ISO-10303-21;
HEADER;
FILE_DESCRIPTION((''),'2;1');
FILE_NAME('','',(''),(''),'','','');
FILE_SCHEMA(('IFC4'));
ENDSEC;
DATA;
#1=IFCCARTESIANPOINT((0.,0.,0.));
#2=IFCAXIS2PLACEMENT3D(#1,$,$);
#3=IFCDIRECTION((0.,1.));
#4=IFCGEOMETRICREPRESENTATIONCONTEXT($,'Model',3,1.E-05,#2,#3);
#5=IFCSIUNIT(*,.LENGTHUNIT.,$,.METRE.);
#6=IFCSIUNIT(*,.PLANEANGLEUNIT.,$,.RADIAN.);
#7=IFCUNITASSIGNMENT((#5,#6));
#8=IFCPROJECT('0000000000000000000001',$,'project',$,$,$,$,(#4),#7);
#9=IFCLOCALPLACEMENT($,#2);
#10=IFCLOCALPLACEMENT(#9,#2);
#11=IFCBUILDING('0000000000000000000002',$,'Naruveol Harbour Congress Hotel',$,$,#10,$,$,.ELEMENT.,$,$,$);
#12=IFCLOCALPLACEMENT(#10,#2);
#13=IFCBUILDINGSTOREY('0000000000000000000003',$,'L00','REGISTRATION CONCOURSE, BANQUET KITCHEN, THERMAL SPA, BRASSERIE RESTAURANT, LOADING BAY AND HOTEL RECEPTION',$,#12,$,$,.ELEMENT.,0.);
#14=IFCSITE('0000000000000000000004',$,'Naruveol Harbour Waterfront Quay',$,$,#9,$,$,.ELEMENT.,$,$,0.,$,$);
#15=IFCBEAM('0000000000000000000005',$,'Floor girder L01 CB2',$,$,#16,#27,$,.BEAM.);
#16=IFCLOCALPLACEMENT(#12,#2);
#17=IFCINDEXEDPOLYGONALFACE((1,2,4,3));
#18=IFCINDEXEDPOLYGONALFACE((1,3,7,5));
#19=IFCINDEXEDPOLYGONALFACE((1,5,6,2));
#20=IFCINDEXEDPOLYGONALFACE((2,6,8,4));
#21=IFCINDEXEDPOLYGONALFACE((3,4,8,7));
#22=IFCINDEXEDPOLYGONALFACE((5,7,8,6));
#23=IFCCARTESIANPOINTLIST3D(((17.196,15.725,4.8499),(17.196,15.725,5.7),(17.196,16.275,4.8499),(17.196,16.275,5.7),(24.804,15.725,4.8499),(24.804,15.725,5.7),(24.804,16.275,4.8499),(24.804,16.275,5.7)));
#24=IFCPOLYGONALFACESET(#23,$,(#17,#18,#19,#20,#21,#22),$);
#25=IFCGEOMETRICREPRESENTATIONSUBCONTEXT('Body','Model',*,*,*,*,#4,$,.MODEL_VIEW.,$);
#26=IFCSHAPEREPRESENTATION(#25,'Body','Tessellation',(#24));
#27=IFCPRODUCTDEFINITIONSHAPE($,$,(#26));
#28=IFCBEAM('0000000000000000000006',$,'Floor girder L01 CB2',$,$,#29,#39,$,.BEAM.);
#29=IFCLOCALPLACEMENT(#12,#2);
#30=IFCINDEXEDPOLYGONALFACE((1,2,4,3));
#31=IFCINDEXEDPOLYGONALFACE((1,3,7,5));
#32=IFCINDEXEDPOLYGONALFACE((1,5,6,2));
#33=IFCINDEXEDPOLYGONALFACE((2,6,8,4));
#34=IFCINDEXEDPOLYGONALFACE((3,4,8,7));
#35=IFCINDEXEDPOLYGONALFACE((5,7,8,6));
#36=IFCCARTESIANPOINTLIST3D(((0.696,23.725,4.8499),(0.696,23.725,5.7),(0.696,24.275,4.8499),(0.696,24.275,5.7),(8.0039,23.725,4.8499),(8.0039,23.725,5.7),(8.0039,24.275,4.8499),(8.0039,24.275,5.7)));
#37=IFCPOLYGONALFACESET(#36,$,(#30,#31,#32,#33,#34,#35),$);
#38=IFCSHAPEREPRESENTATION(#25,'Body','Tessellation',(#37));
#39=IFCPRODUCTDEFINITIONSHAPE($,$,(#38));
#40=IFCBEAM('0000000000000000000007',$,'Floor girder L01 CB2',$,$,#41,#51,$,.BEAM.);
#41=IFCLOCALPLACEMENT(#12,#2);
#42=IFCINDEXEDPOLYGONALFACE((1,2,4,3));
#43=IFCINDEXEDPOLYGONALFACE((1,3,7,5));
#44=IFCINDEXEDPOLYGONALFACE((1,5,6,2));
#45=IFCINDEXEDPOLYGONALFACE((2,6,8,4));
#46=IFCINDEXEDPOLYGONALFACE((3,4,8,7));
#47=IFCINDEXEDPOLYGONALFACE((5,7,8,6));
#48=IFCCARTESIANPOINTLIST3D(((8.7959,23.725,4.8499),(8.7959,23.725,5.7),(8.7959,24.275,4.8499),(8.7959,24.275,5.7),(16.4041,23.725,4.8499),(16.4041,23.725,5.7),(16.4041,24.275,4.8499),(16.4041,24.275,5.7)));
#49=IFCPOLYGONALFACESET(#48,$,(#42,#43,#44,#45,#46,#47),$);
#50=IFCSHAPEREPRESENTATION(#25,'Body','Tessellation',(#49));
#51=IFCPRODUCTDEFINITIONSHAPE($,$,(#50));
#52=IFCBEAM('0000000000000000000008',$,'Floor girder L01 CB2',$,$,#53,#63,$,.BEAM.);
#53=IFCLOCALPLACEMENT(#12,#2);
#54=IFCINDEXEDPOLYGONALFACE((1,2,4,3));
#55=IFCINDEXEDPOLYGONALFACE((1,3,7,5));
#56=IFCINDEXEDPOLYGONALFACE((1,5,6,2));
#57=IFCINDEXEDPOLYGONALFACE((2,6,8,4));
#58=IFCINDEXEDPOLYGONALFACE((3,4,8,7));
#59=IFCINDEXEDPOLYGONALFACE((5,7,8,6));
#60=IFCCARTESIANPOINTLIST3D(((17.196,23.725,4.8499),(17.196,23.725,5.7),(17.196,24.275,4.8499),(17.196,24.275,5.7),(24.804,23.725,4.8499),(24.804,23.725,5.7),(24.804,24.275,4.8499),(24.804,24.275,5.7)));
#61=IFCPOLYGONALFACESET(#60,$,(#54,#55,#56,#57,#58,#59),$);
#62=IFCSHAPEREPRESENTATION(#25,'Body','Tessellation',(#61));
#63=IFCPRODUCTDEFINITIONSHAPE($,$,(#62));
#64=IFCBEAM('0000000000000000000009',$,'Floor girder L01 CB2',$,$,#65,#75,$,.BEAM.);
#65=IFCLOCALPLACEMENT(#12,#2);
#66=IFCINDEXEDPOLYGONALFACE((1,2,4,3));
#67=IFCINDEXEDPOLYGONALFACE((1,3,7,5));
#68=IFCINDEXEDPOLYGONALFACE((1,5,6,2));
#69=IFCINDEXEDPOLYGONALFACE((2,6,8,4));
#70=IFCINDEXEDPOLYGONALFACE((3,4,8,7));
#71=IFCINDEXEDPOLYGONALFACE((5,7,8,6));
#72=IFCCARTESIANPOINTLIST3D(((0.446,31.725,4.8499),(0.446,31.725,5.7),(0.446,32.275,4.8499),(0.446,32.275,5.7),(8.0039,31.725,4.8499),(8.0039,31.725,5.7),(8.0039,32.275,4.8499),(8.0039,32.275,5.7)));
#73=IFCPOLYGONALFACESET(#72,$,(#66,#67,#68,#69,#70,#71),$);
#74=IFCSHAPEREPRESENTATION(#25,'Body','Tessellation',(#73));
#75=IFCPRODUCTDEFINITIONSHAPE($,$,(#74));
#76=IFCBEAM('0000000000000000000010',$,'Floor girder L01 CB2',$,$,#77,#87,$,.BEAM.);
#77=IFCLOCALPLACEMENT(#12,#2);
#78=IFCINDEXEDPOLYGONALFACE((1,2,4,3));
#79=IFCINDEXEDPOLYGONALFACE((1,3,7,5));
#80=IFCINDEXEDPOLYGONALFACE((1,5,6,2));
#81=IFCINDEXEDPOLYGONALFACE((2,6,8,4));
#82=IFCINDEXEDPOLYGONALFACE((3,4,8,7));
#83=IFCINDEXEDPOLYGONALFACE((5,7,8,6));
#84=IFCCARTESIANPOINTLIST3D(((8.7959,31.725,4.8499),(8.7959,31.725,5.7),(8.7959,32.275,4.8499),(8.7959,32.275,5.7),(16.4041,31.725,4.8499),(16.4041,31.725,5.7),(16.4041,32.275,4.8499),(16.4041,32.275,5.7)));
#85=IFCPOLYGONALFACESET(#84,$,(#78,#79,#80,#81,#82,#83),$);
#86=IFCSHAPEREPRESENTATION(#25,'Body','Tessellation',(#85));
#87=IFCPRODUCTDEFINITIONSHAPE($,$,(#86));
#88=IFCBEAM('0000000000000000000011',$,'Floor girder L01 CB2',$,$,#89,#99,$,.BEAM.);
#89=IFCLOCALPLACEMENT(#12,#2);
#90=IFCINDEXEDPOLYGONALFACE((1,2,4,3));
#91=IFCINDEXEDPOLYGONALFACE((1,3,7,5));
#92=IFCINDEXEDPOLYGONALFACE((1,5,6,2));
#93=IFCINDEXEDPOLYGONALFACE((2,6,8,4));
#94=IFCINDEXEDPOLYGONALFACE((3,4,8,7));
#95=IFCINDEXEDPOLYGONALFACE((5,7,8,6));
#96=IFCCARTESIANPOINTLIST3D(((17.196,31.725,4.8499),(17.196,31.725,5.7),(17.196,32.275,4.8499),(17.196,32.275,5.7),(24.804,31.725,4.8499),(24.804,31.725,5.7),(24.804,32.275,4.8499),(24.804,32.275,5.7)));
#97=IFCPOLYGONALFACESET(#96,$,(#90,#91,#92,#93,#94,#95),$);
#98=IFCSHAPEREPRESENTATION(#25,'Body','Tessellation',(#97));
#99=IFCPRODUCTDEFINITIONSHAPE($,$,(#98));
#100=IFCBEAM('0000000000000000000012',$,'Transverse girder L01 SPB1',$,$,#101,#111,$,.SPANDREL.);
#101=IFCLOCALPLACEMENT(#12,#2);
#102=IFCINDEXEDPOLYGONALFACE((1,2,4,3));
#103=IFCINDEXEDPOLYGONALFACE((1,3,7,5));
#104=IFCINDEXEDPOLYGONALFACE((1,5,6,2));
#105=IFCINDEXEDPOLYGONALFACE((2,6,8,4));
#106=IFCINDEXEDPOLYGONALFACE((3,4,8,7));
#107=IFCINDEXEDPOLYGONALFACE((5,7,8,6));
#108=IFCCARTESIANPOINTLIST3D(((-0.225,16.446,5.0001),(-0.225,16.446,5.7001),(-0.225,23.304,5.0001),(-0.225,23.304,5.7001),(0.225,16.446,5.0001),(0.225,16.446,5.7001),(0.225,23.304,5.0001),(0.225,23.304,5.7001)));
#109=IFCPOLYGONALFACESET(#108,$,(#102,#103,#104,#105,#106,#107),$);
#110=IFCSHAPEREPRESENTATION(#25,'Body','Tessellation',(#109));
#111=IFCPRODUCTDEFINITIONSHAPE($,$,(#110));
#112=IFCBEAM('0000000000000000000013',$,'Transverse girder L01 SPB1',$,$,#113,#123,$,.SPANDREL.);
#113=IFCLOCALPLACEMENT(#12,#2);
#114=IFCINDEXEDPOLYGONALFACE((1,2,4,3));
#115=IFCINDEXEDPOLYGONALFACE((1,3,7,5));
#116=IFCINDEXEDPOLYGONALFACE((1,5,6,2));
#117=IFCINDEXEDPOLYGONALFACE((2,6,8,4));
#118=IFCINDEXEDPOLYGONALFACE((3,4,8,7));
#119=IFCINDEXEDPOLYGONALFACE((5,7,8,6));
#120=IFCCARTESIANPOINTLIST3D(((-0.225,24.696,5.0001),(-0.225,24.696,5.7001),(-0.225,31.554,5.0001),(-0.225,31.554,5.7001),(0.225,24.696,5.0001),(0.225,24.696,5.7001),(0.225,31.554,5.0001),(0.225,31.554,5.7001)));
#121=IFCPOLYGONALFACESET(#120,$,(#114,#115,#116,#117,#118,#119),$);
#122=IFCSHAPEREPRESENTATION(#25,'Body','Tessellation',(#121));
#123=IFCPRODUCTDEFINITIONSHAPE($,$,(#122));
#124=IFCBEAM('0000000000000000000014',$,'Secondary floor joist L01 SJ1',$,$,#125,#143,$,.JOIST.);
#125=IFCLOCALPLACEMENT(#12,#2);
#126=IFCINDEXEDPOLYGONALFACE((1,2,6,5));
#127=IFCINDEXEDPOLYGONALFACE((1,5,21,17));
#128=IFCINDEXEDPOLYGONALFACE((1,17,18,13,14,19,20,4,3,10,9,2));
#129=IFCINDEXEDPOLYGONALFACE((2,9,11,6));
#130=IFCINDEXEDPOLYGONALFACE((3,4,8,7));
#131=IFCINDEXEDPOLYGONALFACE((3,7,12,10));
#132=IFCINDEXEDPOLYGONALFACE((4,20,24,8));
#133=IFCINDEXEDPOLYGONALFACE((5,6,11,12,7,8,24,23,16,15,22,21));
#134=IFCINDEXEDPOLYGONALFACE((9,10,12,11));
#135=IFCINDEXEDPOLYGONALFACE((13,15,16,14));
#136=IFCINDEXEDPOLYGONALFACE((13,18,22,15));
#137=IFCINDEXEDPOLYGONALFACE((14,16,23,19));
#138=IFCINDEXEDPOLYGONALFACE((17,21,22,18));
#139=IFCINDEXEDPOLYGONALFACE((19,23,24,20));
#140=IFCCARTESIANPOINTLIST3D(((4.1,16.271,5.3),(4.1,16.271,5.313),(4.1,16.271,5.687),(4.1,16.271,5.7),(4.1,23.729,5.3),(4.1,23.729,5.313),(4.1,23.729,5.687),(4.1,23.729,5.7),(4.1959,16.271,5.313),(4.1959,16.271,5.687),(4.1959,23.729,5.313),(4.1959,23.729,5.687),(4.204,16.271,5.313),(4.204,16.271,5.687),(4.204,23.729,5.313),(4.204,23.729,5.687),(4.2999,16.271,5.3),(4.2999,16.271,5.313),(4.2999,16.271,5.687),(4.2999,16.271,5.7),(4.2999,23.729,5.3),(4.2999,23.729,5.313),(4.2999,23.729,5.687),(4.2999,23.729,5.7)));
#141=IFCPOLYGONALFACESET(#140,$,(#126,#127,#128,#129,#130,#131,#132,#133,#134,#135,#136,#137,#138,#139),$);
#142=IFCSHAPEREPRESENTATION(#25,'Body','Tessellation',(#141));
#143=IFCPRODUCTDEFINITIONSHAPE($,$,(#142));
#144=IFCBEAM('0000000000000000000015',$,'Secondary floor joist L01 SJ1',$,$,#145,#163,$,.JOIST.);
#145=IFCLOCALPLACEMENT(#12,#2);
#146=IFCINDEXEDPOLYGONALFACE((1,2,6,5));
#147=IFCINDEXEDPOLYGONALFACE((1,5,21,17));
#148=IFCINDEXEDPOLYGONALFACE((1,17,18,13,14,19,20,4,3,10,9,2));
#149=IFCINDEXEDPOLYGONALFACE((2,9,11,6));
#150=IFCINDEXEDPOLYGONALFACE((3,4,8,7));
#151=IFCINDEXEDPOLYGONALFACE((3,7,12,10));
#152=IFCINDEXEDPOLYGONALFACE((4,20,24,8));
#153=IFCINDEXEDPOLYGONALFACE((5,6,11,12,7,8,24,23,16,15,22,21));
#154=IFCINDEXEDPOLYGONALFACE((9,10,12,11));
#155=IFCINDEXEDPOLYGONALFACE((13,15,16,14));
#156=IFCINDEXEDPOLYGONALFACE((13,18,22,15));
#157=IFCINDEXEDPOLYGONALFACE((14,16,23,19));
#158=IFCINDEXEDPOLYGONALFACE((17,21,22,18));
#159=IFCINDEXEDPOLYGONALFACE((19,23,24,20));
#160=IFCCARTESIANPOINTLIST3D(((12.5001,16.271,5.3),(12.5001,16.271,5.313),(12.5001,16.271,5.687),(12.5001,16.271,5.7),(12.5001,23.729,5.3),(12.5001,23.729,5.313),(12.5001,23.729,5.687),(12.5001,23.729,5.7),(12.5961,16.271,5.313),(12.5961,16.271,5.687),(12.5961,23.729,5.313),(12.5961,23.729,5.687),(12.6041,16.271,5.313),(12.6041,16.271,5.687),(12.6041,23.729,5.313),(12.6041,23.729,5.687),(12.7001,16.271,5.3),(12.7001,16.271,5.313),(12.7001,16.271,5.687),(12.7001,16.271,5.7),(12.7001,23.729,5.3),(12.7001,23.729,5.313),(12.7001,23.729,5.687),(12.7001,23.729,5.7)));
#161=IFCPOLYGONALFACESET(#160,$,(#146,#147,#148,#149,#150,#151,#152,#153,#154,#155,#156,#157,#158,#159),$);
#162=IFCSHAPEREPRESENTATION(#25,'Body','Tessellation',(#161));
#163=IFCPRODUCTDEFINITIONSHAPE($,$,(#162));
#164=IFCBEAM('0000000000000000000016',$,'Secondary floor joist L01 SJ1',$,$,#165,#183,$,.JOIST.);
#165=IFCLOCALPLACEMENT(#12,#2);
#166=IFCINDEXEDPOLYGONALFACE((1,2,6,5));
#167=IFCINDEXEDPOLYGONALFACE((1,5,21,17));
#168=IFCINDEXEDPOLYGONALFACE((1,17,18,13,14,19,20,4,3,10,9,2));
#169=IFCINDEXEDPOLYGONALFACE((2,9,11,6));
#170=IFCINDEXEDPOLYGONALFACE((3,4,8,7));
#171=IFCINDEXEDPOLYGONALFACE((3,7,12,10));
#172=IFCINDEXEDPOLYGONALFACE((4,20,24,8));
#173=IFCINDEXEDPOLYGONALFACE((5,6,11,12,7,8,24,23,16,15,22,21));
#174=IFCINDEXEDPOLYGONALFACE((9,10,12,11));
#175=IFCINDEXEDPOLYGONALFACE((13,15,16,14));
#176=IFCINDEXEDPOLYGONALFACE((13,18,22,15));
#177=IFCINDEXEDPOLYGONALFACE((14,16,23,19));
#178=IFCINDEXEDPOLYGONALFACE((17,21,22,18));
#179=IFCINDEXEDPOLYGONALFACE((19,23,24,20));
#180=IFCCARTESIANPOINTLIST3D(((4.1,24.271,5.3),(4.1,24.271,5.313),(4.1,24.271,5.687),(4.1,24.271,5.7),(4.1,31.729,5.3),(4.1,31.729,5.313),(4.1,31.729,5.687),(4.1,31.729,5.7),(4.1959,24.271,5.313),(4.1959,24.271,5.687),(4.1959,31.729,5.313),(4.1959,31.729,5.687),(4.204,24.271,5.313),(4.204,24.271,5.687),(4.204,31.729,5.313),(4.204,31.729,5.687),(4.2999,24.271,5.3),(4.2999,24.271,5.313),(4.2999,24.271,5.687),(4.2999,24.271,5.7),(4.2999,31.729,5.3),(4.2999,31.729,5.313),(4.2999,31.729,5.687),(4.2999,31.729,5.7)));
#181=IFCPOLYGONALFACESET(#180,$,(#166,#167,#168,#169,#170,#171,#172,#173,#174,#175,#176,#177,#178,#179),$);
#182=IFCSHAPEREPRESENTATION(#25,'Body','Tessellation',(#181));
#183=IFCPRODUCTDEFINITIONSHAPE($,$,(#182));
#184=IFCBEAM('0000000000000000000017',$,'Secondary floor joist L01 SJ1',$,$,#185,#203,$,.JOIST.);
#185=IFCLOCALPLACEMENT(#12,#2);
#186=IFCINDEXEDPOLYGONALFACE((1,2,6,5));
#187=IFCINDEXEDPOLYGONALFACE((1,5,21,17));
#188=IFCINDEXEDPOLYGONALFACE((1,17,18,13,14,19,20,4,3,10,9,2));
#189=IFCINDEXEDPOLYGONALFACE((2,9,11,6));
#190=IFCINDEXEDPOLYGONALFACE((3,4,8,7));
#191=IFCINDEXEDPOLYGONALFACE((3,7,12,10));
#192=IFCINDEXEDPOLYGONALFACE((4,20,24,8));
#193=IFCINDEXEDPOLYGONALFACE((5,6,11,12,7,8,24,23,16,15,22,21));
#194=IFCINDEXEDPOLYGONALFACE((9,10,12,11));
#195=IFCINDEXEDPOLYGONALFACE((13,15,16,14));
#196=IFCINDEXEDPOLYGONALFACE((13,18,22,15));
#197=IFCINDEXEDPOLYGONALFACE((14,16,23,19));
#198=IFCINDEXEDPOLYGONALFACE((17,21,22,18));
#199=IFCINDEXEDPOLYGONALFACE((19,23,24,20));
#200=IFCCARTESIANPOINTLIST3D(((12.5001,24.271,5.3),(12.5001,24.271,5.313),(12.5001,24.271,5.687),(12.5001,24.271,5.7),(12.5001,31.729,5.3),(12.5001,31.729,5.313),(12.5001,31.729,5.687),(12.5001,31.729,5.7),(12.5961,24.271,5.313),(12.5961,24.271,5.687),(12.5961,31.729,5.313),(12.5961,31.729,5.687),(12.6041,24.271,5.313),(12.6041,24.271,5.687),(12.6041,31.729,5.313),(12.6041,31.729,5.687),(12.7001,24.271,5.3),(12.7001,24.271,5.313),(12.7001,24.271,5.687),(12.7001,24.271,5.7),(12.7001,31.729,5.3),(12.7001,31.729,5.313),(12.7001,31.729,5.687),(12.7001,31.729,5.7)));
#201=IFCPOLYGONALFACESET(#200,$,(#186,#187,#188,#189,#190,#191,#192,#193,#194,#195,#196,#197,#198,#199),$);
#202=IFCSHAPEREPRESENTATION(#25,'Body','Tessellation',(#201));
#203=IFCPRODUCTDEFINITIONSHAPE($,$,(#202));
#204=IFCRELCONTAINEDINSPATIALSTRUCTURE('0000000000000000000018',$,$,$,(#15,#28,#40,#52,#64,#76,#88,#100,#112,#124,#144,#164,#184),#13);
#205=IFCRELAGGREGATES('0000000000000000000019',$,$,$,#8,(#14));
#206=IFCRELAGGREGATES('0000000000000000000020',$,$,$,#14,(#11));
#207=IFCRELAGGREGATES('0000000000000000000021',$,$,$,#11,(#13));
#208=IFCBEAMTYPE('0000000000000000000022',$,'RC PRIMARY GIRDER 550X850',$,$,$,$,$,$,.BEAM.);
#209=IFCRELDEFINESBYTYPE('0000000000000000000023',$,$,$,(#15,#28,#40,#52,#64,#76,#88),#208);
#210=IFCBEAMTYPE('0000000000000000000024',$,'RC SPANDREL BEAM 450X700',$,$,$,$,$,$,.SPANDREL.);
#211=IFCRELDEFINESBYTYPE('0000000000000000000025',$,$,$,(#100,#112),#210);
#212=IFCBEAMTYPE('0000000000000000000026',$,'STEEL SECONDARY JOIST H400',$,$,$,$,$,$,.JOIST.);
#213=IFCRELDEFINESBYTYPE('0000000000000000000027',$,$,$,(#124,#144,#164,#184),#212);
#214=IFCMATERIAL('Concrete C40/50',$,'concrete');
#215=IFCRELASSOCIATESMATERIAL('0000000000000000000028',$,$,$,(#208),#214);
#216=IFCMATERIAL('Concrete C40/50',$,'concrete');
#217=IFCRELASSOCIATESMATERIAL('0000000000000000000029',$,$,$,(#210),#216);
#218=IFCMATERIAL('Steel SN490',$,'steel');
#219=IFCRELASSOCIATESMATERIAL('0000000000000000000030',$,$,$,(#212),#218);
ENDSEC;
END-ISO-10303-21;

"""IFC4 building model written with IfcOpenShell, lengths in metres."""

from ifc_helpers import new_model, si_unit, direction, frame, origin, origin_2d, place, context, subcontext, project, spatial, rectangle, i_section, extrude, material, material_profile, profile_set, type_object, element, save


model = new_model("IFC4")

# Units and contexts
model_context = context("Model", 3, precision=1e-05, world=origin(), true_north=direction((0.0, 1.0)))
body_context = subcontext(model_context, "Body", "Model", "MODEL_VIEW")
ifc_project = project(units=[si_unit("LENGTHUNIT", "METRE"), si_unit("PLANEANGLEUNIT", "RADIAN")], contexts=[model_context])

# Site, building, storey
site_placement = place(None, origin())
site = spatial("IfcSite", under=ifc_project, at=site_placement, Name="Naruveol Harbour Waterfront Quay", CompositionType="ELEMENT", RefElevation=0.0)
building_placement = place(site_placement, origin())
building = spatial("IfcBuilding", under=site, at=building_placement, Name="Naruveol Harbour Congress Hotel", CompositionType="ELEMENT")
storey_placement = place(building_placement, origin())
storey = spatial("IfcBuildingStorey", under=building, at=storey_placement, Name="L00", Description="REGISTRATION CONCOURSE, BANQUET KITCHEN, THERMAL SPA, BRASSERIE RESTAURANT, LOADING BAY AND HOTEL RECEPTION", CompositionType="ELEMENT", Elevation=0.0)

# Beams
ifc_material_1 = material(Name="Concrete C40/50", Category="concrete")
ifc_material_profile_1 = material_profile(ifc_material_1, rectangle(XDim=0.55, YDim=0.8501, at=origin_2d()), Name="RCB-550x850")
ifc_profile_set_1 = profile_set([ifc_material_profile_1], Name="Concrete C40/50")
beam_type_1 = type_object("IfcBeamType", Name="RC PRIMARY GIRDER 550X850", PredefinedType="BEAM", material=ifc_profile_set_1)
beam_1_placement = place(storey_placement, frame((17.196, 16.0, 5.2749), z_axis=(1.0, 0.0, 0.0), x_axis=(0.0, 1.0, 0.0)))
element("IfcBeam", 1, at=beam_1_placement, inside=storey, type_object=beam_type_1, Name="Floor girder L01 CB2", PredefinedType="BEAM", context=body_context, shape_type="SweptSolid", body=[
    extrude(rectangle(XDim=0.55, YDim=0.8501, at=origin_2d()), origin(), (0.0, 0.0, 1.0), 7.6079),
])
beam_2_placement = place(storey_placement, frame((0.696, 24.0, 5.2749), z_axis=(1.0, 0.0, 0.0), x_axis=(0.0, 1.0, 0.0)))
element("IfcBeam", 2, at=beam_2_placement, inside=storey, type_object=beam_type_1, Name="Floor girder L01 CB2", PredefinedType="BEAM", context=body_context, shape_type="SweptSolid", body=[
    extrude(rectangle(XDim=0.55, YDim=0.8501, at=origin_2d()), origin(), (0.0, 0.0, 1.0), 7.3079),
])
beam_3_placement = place(storey_placement, frame((8.7959, 24.0, 5.2749), z_axis=(1.0, 0.0, 0.0), x_axis=(0.0, 1.0, 0.0)))
element("IfcBeam", 3, at=beam_3_placement, inside=storey, type_object=beam_type_1, Name="Floor girder L01 CB2", PredefinedType="BEAM", context=body_context, shape_type="SweptSolid", body=[
    extrude(rectangle(XDim=0.55, YDim=0.8501, at=origin_2d()), origin(), (0.0, 0.0, 1.0), 7.6082),
])
beam_4_placement = place(storey_placement, frame((17.196, 24.0, 5.2749), z_axis=(1.0, 0.0, 0.0), x_axis=(0.0, 1.0, 0.0)))
element("IfcBeam", 4, at=beam_4_placement, inside=storey, type_object=beam_type_1, Name="Floor girder L01 CB2", PredefinedType="BEAM", context=body_context, shape_type="SweptSolid", body=[
    extrude(rectangle(XDim=0.55, YDim=0.8501, at=origin_2d()), origin(), (0.0, 0.0, 1.0), 7.6079),
])
beam_5_placement = place(storey_placement, frame((0.446, 32.0, 5.2749), z_axis=(1.0, 0.0, 0.0), x_axis=(0.0, 1.0, 0.0)))
element("IfcBeam", 5, at=beam_5_placement, inside=storey, type_object=beam_type_1, Name="Floor girder L01 CB2", PredefinedType="BEAM", context=body_context, shape_type="SweptSolid", body=[
    extrude(rectangle(XDim=0.55, YDim=0.8501, at=origin_2d()), origin(), (0.0, 0.0, 1.0), 7.5579),
])
beam_6_placement = place(storey_placement, frame((8.7959, 32.0, 5.2749), z_axis=(1.0, 0.0, 0.0), x_axis=(0.0, 1.0, 0.0)))
element("IfcBeam", 6, at=beam_6_placement, inside=storey, type_object=beam_type_1, Name="Floor girder L01 CB2", PredefinedType="BEAM", context=body_context, shape_type="SweptSolid", body=[
    extrude(rectangle(XDim=0.55, YDim=0.8501, at=origin_2d()), origin(), (0.0, 0.0, 1.0), 7.6082),
])
beam_7_placement = place(storey_placement, frame((17.196, 32.0, 5.2749), z_axis=(1.0, 0.0, 0.0), x_axis=(0.0, 1.0, 0.0)))
element("IfcBeam", 7, at=beam_7_placement, inside=storey, type_object=beam_type_1, Name="Floor girder L01 CB2", PredefinedType="BEAM", context=body_context, shape_type="SweptSolid", body=[
    extrude(rectangle(XDim=0.55, YDim=0.8501, at=origin_2d()), origin(), (0.0, 0.0, 1.0), 7.6079),
])
ifc_material_2 = material(Name="Concrete C40/50", Category="concrete")
ifc_material_profile_2 = material_profile(ifc_material_2, rectangle(XDim=0.45, YDim=0.7, at=origin_2d()), Name="RCB-450x700")
ifc_profile_set_2 = profile_set([ifc_material_profile_2], Name="Concrete C40/50")
beam_type_2 = type_object("IfcBeamType", Name="RC SPANDREL BEAM 450X700", PredefinedType="SPANDREL", material=ifc_profile_set_2)
for number, where, z_axis, x_axis, name in (
    (8, (0.0, 16.446, 5.3501), (0.0, 1.0, 0.0), (-1.0, 0.0, 0.0), "Transverse girder L01 SPB1"),
    (9, (0.0, 24.696, 5.3501), (0.0, 1.0, 0.0), (-1.0, 0.0, 0.0), "Transverse girder L01 SPB1"),
):
    element("IfcBeam", number, at=place(storey_placement, frame(where, z_axis=z_axis, x_axis=x_axis)), inside=storey, type_object=beam_type_2, Name=name, PredefinedType="SPANDREL", context=body_context, shape_type="SweptSolid", body=[
        extrude(rectangle(XDim=0.45, YDim=0.7, at=origin_2d()), origin(), (0.0, 0.0, 1.0), 6.8579),
    ])
ifc_material_3 = material(Name="Steel SN490", Category="steel")
ifc_material_profile_3 = material_profile(ifc_material_3, i_section(OverallWidth=0.2, OverallDepth=0.3999, WebThickness=0.0081, FlangeThickness=0.0129, at=origin_2d()), Name="H-400x200x8x13")
ifc_profile_set_3 = profile_set([ifc_material_profile_3], Name="Steel SN490")
beam_type_3 = type_object("IfcBeamType", Name="STEEL SECONDARY JOIST H400", PredefinedType="JOIST", material=ifc_profile_set_3)
for number, where, z_axis, x_axis, name in (
    (10, (4.2, 16.271, 5.5), (0.0, 1.0, 0.0), (-1.0, 0.0, 0.0), "Secondary floor joist L01 SJ1"),
    (11, (12.6001, 16.271, 5.5), (0.0, 1.0, 0.0), (-1.0, 0.0, 0.0), "Secondary floor joist L01 SJ1"),
    (12, (4.2, 24.271, 5.5), (0.0, 1.0, 0.0), (-1.0, 0.0, 0.0), "Secondary floor joist L01 SJ1"),
    (13, (12.6001, 24.271, 5.5), (0.0, 1.0, 0.0), (-1.0, 0.0, 0.0), "Secondary floor joist L01 SJ1"),
):
    element("IfcBeam", number, at=place(storey_placement, frame(where, z_axis=z_axis, x_axis=x_axis)), inside=storey, type_object=beam_type_3, Name=name, PredefinedType="JOIST", context=body_context, shape_type="SweptSolid", body=[
        extrude(i_section(OverallWidth=0.2, OverallDepth=0.3999, WebThickness=0.0081, FlangeThickness=0.0129, at=origin_2d()), origin(), (0.0, 0.0, 1.0), 7.458),
    ])

save(model, "model.ifc")
